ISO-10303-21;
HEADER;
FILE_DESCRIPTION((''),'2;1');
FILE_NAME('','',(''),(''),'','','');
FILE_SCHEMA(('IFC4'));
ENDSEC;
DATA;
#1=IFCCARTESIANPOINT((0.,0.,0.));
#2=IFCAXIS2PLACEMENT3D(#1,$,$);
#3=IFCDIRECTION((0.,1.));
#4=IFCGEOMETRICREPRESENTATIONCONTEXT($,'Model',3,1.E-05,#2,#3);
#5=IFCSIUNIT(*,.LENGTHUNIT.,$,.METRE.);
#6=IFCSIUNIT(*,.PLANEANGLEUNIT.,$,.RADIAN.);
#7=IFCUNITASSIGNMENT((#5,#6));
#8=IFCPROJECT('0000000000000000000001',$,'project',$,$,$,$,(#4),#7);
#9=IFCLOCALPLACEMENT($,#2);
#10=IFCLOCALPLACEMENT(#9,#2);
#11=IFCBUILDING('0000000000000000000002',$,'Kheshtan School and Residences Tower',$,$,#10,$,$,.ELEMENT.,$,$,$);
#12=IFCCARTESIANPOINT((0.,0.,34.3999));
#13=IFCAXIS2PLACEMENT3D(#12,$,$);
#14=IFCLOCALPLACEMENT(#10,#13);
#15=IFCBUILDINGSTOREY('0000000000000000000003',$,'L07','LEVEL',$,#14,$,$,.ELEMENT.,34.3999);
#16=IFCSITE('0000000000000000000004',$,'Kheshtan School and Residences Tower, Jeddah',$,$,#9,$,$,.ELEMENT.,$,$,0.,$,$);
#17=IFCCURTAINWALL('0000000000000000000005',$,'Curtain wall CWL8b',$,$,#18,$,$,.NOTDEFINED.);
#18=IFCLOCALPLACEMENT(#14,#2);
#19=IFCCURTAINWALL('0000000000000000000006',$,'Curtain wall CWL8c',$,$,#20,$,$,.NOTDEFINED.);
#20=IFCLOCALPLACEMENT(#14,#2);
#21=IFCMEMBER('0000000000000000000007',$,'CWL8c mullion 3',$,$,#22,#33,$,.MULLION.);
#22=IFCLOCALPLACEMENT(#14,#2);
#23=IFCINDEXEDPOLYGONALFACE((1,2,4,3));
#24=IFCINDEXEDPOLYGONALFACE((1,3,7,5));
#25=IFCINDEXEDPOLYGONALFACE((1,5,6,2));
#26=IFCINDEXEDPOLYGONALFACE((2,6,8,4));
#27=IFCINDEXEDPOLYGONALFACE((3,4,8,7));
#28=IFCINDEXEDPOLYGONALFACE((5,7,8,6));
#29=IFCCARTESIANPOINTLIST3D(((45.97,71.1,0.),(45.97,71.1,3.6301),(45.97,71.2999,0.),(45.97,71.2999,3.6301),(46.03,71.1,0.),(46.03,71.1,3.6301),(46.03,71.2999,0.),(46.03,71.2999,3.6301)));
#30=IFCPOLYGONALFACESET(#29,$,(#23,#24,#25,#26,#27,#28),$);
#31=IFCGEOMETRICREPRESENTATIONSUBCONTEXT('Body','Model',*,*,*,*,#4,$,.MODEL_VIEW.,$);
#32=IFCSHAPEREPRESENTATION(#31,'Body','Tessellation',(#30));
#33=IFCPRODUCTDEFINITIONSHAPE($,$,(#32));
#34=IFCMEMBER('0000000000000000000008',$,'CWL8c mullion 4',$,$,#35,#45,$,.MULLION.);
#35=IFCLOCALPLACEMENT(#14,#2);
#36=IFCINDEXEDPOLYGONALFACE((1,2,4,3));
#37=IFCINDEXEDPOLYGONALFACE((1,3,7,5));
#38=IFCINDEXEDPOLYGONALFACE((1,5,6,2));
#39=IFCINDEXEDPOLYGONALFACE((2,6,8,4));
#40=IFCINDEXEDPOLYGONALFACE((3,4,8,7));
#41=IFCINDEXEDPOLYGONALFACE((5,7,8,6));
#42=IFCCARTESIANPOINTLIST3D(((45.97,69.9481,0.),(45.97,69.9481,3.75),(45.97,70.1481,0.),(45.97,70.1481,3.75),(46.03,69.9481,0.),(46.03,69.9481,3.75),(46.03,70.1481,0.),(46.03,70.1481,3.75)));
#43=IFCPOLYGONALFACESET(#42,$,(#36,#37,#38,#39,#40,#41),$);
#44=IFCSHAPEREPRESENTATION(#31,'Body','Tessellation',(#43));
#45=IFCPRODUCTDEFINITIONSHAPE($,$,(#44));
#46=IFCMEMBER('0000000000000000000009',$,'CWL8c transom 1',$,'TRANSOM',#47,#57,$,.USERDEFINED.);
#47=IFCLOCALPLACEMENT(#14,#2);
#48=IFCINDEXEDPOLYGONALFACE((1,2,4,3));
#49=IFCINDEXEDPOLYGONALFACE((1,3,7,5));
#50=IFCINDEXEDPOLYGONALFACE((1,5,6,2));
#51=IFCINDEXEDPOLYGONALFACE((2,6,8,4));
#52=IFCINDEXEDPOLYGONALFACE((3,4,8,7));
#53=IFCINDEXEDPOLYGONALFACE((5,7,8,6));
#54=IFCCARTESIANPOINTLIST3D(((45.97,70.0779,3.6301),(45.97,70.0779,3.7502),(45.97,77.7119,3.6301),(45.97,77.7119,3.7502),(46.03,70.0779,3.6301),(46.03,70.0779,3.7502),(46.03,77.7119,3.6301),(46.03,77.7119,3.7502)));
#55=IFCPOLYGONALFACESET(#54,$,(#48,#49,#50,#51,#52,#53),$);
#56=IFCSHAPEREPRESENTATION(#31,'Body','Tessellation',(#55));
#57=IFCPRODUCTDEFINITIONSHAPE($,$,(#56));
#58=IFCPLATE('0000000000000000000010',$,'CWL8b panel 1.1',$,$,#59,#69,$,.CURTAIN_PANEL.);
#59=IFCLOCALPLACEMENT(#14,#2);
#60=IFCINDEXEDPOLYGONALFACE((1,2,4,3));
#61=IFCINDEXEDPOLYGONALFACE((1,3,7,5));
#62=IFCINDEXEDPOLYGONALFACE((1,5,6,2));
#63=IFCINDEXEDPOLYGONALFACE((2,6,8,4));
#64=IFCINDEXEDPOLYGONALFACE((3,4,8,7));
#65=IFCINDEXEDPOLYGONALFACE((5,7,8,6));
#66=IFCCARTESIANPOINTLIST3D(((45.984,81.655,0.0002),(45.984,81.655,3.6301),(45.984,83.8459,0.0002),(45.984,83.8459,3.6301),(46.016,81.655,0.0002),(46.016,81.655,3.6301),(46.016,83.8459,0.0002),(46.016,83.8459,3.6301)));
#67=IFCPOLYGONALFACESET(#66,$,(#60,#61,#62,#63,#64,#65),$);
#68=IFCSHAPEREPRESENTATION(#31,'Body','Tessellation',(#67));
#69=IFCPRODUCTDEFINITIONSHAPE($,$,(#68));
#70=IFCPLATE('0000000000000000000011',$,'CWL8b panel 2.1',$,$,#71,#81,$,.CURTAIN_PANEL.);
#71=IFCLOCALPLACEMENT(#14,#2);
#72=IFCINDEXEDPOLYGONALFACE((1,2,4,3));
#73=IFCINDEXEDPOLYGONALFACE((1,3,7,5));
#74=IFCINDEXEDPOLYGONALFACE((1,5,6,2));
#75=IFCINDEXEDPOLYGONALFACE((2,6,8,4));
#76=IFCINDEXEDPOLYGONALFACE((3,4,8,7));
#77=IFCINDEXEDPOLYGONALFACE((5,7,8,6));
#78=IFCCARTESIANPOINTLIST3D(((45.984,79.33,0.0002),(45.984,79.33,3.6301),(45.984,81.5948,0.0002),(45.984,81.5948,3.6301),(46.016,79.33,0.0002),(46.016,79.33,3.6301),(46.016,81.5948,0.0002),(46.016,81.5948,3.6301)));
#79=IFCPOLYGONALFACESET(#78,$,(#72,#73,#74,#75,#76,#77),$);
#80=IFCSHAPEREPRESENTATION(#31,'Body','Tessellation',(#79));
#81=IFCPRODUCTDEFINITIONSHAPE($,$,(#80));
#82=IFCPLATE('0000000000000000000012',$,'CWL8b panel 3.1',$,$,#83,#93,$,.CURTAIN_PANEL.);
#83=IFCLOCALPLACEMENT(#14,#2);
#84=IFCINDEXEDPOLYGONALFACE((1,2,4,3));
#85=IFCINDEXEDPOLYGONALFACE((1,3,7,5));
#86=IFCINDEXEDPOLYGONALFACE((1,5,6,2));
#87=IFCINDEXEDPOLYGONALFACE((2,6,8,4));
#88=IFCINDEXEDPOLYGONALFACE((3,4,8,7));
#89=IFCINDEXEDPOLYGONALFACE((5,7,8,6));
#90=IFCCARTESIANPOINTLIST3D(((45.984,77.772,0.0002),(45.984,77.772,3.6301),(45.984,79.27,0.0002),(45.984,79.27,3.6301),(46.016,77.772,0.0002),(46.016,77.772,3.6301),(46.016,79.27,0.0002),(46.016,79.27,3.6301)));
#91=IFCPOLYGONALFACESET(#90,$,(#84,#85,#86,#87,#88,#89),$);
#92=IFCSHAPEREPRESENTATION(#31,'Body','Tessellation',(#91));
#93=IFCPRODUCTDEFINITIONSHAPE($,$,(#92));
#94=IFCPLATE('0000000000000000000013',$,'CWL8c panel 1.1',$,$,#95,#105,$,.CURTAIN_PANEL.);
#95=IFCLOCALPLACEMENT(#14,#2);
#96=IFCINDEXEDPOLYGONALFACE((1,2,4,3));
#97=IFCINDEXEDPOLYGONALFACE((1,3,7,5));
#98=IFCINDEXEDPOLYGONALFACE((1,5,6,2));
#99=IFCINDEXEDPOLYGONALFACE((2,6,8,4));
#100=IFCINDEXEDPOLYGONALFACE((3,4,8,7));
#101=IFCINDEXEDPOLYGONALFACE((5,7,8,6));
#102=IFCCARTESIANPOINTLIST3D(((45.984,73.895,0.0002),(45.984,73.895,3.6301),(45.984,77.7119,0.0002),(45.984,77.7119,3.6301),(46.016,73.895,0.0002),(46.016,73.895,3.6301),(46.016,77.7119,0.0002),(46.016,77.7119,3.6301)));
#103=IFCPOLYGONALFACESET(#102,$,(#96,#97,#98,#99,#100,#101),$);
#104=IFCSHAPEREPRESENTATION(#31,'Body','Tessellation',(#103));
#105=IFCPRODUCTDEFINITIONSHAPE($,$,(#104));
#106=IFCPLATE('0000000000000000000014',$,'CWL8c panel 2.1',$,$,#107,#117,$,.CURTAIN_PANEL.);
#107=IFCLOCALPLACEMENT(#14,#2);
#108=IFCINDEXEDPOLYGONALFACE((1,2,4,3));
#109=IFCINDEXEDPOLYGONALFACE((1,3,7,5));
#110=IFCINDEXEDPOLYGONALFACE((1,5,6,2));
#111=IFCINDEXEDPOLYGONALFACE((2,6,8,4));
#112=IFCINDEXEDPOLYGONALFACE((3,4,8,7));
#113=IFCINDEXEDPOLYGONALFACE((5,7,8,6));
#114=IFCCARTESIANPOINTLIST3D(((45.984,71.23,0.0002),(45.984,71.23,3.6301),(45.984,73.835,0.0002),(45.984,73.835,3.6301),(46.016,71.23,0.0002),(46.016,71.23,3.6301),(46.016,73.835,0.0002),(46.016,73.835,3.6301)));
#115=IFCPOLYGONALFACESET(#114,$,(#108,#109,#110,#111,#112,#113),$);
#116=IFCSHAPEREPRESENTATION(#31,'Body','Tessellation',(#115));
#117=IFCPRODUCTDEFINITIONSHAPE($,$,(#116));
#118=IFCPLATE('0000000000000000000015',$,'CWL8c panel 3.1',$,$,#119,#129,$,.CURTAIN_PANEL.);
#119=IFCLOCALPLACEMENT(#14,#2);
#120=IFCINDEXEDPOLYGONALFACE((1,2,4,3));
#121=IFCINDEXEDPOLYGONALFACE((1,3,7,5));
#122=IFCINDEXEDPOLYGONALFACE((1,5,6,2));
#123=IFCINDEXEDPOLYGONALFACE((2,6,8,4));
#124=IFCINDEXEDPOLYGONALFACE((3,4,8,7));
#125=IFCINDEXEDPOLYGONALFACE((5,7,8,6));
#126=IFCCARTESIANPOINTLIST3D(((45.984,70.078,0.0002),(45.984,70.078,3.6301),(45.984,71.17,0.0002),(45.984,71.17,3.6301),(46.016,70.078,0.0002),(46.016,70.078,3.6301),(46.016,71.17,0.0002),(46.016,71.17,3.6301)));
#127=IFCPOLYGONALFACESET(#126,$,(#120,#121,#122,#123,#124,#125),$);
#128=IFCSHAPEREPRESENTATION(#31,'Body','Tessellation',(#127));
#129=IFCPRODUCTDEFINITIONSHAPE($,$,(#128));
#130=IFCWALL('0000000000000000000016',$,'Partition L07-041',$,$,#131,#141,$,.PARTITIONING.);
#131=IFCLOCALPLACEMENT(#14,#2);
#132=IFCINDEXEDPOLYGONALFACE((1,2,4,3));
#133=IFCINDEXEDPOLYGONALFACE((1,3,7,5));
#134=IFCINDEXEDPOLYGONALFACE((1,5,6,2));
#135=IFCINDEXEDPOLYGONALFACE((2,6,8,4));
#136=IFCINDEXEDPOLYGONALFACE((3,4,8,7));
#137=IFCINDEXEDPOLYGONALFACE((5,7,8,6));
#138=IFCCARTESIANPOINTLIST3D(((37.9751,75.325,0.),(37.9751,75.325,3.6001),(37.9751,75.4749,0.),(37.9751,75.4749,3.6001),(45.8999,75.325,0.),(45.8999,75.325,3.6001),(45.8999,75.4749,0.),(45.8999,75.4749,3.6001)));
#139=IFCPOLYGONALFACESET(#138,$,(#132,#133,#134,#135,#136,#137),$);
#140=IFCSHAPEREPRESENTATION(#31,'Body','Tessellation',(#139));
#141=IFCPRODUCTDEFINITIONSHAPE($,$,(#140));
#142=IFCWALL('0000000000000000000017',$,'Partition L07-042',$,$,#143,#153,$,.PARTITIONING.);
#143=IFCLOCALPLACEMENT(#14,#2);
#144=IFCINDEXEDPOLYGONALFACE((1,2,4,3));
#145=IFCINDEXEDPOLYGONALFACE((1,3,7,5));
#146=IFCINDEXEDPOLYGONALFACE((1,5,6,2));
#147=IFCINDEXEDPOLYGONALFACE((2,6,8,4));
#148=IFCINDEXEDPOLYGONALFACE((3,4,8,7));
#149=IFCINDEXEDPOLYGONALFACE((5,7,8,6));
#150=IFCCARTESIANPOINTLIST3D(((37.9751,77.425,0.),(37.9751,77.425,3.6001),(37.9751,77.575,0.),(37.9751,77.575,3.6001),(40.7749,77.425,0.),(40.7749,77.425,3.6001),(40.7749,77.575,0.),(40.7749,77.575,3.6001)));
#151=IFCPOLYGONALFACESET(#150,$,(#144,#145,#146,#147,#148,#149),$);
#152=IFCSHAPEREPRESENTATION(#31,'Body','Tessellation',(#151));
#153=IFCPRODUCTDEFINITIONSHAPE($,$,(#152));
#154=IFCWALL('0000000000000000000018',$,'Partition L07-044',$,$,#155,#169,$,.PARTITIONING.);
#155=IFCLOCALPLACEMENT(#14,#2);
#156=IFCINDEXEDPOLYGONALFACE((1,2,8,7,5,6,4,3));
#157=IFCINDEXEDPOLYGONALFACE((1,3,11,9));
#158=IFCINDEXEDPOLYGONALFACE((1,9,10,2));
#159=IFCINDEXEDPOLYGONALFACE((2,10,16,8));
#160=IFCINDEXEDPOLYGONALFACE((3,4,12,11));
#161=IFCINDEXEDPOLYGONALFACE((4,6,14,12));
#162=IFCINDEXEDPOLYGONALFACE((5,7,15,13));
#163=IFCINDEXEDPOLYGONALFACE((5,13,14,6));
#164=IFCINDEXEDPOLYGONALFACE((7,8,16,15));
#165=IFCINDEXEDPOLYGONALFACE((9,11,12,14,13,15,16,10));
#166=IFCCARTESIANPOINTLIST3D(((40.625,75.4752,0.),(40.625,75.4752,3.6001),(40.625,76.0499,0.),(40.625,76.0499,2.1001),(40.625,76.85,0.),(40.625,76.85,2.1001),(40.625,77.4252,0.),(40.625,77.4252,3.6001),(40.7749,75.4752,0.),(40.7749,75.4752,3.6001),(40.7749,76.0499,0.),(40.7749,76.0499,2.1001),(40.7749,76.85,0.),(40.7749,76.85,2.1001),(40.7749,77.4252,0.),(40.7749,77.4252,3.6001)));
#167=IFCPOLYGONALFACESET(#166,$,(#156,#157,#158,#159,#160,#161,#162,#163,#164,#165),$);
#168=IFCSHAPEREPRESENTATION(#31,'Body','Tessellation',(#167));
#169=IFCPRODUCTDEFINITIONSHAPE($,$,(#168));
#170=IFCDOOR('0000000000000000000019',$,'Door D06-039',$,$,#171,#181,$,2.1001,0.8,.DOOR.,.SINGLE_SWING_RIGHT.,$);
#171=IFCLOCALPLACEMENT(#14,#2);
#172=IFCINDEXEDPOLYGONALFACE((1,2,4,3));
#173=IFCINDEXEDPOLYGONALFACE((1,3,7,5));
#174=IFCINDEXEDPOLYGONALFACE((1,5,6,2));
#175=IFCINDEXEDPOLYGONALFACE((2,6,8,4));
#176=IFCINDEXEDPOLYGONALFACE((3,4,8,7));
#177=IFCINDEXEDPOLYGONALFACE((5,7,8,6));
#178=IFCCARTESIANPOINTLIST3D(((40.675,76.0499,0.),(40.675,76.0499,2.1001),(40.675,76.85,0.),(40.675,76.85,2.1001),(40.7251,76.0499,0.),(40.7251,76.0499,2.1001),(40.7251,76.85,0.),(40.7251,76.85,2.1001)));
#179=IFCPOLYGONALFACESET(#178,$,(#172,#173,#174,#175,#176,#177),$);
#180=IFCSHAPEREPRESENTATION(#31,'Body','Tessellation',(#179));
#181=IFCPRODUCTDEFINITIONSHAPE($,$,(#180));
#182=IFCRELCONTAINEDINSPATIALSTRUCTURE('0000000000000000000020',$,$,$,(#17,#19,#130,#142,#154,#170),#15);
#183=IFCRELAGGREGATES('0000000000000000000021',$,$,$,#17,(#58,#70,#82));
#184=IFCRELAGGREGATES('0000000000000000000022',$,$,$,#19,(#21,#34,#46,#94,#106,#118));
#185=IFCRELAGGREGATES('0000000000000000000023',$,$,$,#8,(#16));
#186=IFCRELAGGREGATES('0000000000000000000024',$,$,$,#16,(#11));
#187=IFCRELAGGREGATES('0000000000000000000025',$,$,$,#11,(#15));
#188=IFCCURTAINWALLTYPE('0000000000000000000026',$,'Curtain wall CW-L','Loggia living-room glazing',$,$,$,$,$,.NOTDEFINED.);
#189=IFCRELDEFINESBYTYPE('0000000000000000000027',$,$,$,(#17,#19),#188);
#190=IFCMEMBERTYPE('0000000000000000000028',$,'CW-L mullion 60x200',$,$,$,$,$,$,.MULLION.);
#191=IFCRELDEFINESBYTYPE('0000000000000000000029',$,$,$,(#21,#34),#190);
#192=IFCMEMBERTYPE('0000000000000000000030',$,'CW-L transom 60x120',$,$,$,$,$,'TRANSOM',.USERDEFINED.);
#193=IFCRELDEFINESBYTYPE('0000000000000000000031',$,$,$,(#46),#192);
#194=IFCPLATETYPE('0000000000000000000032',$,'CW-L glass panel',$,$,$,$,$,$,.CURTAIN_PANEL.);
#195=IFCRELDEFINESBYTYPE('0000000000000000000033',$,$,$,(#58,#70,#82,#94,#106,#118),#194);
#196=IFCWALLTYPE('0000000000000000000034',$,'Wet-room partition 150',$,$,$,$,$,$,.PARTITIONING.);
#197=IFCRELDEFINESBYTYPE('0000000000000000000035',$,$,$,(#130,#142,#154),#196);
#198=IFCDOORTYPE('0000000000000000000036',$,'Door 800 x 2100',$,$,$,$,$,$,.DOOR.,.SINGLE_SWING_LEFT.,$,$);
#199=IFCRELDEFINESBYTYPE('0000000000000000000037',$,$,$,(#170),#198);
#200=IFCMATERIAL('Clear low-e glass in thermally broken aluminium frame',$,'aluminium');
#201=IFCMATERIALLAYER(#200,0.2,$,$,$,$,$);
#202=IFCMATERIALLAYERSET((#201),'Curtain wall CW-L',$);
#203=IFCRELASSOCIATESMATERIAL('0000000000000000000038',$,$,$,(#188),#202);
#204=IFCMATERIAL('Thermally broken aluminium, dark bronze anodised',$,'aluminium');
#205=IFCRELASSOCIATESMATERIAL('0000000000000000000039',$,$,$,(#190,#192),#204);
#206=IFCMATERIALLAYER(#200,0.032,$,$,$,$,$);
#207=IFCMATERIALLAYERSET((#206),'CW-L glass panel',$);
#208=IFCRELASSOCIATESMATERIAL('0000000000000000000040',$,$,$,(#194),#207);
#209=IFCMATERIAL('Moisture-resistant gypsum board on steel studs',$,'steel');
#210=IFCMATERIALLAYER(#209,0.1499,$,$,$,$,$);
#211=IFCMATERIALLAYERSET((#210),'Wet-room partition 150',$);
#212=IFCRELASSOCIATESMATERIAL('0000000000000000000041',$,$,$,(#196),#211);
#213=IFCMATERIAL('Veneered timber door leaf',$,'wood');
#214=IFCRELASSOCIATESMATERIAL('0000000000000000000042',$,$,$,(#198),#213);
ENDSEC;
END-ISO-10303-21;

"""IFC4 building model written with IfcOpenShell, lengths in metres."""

from ifc_helpers import new_model, si_unit, direction, frame, frame_2d, origin, origin_2d, place, context, subcontext, project, spatial, rectangle, extrude, source, transform, mapped, material, layer, layer_set, material_profile, profile_set, type_object, element, fill, aggregate, save


model = new_model("IFC4")

# Units and contexts
model_context = context("Model", 3, precision=1e-05, world=origin(), true_north=direction((0.0, 1.0)))
body_context = subcontext(model_context, "Body", "Model", "MODEL_VIEW")
ifc_project = project(units=[si_unit("LENGTHUNIT", "METRE"), si_unit("PLANEANGLEUNIT", "RADIAN")], contexts=[model_context])

# Site, building, storey
site_placement = place(None, origin())
site = spatial("IfcSite", under=ifc_project, at=site_placement, Name="Kheshtan School and Residences Tower, Jeddah", CompositionType="ELEMENT", RefElevation=0.0)
building_placement = place(site_placement, origin())
building = spatial("IfcBuilding", under=site, at=building_placement, Name="Kheshtan School and Residences Tower", CompositionType="ELEMENT")
storey_placement = place(building_placement, frame((0.0, 0.0, 34.3999)))
storey = spatial("IfcBuildingStorey", under=building, at=storey_placement, Name="L07", Description="LEVEL", CompositionType="ELEMENT", Elevation=34.3999)

# Curtain walls, members
ifc_material_1 = material(Name="Clear low-e glass in thermally broken aluminium frame", Category="aluminium")
ifc_layer_1 = layer(ifc_material_1, 0.2)
ifc_layer_set_1 = layer_set([ifc_layer_1], Name="Curtain wall CW-L")
curtain_wall_type = type_object("IfcCurtainWallType", Name="Curtain wall CW-L", Description="Loggia living-room glazing", PredefinedType="NOTDEFINED", material=ifc_layer_set_1)
curtain_wall_1_placement = place(storey_placement, origin())
curtain_wall_1 = element("IfcCurtainWall", 1, at=curtain_wall_1_placement, inside=storey, type_object=curtain_wall_type, Name="Curtain wall CWL8b", PredefinedType="NOTDEFINED")
ifc_material_2 = material(Name="Thermally broken aluminium, dark bronze anodised", Category="aluminium")
ifc_material_profile_1 = material_profile(ifc_material_2, rectangle(XDim=0.0601, YDim=0.2, at=origin_2d()), Name="CW-L mullion 60x200")
ifc_profile_set_1 = profile_set([ifc_material_profile_1], Name="Thermally broken aluminium, dark bronze anodised")
member_type_1 = type_object("IfcMemberType", Name="CW-L mullion 60x200", PredefinedType="MULLION", material=ifc_profile_set_1)
curtain_wall_2_placement = place(storey_placement, origin())
curtain_wall_2 = element("IfcCurtainWall", 2, at=curtain_wall_2_placement, inside=storey, type_object=curtain_wall_type, Name="Curtain wall CWL8c", PredefinedType="NOTDEFINED")
member_1_placement = place(storey_placement, frame((46.0, 71.2, 0.0), z_axis=(0.0, 0.0, 1.0), x_axis=(1.0, 0.0, 0.0)))
member_1 = element("IfcMember", 3, at=member_1_placement, type_object=member_type_1, Name="CWL8c mullion 3", PredefinedType="MULLION", context=body_context, shape_type="SweptSolid", body=[
    extrude(rectangle(XDim=0.0601, YDim=0.2, at=origin_2d()), origin(), (0.0, 0.0, 1.0), 3.6301),
])
member_2_placement = place(storey_placement, frame((46.0, 70.0481, 0.0), z_axis=(0.0, 0.0, 1.0), x_axis=(1.0, 0.0, 0.0)))
member_2 = element("IfcMember", 4, at=member_2_placement, type_object=member_type_1, Name="CWL8c mullion 4", PredefinedType="MULLION", context=body_context, shape_type="SweptSolid", body=[
    extrude(rectangle(XDim=0.0601, YDim=0.2, at=origin_2d()), origin(), (0.0, 0.0, 1.0), 3.75),
])
ifc_material_profile_2 = material_profile(ifc_material_2, rectangle(XDim=0.0601, YDim=0.1201, at=origin_2d()), Name="CW-L transom 60x120")
ifc_profile_set_2 = profile_set([ifc_material_profile_2], Name="Thermally broken aluminium, dark bronze anodised")
member_type_2 = type_object("IfcMemberType", Name="CW-L transom 60x120", ElementType="TRANSOM", PredefinedType="USERDEFINED", material=ifc_profile_set_2)
member_3_placement = place(storey_placement, frame((46.0, 77.7119, 3.6902), z_axis=(0.0, -1.0, 0.0), x_axis=(1.0, 0.0, 0.0)))
member_3 = element("IfcMember", 5, at=member_3_placement, type_object=member_type_2, Name="CWL8c transom 1", ObjectType="TRANSOM", PredefinedType="USERDEFINED", context=body_context, shape_type="SweptSolid", body=[
    extrude(rectangle(XDim=0.0601, YDim=0.1201, at=origin_2d()), origin(), (0.0, 0.0, 1.0), 7.634),
])

# Plates
ifc_layer_2 = layer(ifc_material_1, 0.032)
ifc_layer_set_2 = layer_set([ifc_layer_2], Name="CW-L glass panel")
plate_type = type_object("IfcPlateType", Name="CW-L glass panel", PredefinedType="CURTAIN_PANEL", material=ifc_layer_set_2)
plate_1_placement = place(storey_placement, frame((46.0, 82.7505, 0.0002), z_axis=(0.0, 0.0, 1.0), x_axis=(0.0, -1.0, 0.0)))
plate_1 = element("IfcPlate", 6, at=plate_1_placement, type_object=plate_type, Name="CWL8b panel 1.1", PredefinedType="CURTAIN_PANEL", context=body_context, shape_type="SweptSolid", body=[
    extrude(rectangle(XDim=2.1909, YDim=0.032, at=origin_2d()), origin(), (0.0, 0.0, 1.0), 3.6299),
])
plate_2_placement = place(storey_placement, frame((46.0, 80.4624, 0.0002), z_axis=(0.0, 0.0, 1.0), x_axis=(0.0, -1.0, 0.0)))
plate_2 = element("IfcPlate", 7, at=plate_2_placement, type_object=plate_type, Name="CWL8b panel 2.1", PredefinedType="CURTAIN_PANEL", context=body_context, shape_type="SweptSolid", body=[
    extrude(rectangle(XDim=2.2649, YDim=0.032, at=origin_2d()), origin(), (0.0, 0.0, 1.0), 3.6299),
])
plate_3_placement = place(storey_placement, frame((46.0, 78.521, 0.0002), z_axis=(0.0, 0.0, 1.0), x_axis=(0.0, -1.0, 0.0)))
plate_3 = element("IfcPlate", 8, at=plate_3_placement, type_object=plate_type, Name="CWL8b panel 3.1", PredefinedType="CURTAIN_PANEL", context=body_context, shape_type="SweptSolid", body=[
    extrude(rectangle(XDim=1.498, YDim=0.032, at=origin_2d()), origin(), (0.0, 0.0, 1.0), 3.6299),
])
aggregate(curtain_wall_1, [plate_1, plate_2, plate_3])
plate_4_placement = place(storey_placement, frame((46.0, 75.8035, 0.0002), z_axis=(0.0, 0.0, 1.0), x_axis=(0.0, -1.0, 0.0)))
plate_4 = element("IfcPlate", 9, at=plate_4_placement, type_object=plate_type, Name="CWL8c panel 1.1", PredefinedType="CURTAIN_PANEL", context=body_context, shape_type="SweptSolid", body=[
    extrude(rectangle(XDim=3.8169, YDim=0.032, at=origin_2d()), origin(), (0.0, 0.0, 1.0), 3.6299),
])
plate_5_placement = place(storey_placement, frame((46.0, 72.5325, 0.0002), z_axis=(0.0, 0.0, 1.0), x_axis=(0.0, -1.0, 0.0)))
plate_5 = element("IfcPlate", 10, at=plate_5_placement, type_object=plate_type, Name="CWL8c panel 2.1", PredefinedType="CURTAIN_PANEL", context=body_context, shape_type="SweptSolid", body=[
    extrude(rectangle(XDim=2.605, YDim=0.032, at=origin_2d()), origin(), (0.0, 0.0, 1.0), 3.6299),
])
plate_6_placement = place(storey_placement, frame((46.0, 70.624, 0.0002), z_axis=(0.0, 0.0, 1.0), x_axis=(0.0, -1.0, 0.0)))
plate_6 = element("IfcPlate", 11, at=plate_6_placement, type_object=plate_type, Name="CWL8c panel 3.1", PredefinedType="CURTAIN_PANEL", context=body_context, shape_type="SweptSolid", body=[
    extrude(rectangle(XDim=1.092, YDim=0.032, at=origin_2d()), origin(), (0.0, 0.0, 1.0), 3.6299),
])
aggregate(curtain_wall_2, [member_1, member_2, member_3, plate_4, plate_5, plate_6])

# Walls
ifc_material_3 = material(Name="Moisture-resistant gypsum board on steel studs", Category="steel")
ifc_layer_3 = layer(ifc_material_3, 0.1499)
ifc_layer_set_3 = layer_set([ifc_layer_3], Name="Wet-room partition 150")
wall_type_1 = type_object("IfcWallType", Name="Wet-room partition 150", PredefinedType="PARTITIONING", material=ifc_layer_set_3)
wall_1_placement = place(storey_placement, frame((37.9751, 75.3999, 0.0), z_axis=(0.0, 0.0, 1.0), x_axis=(1.0, 0.0, 0.0)))
element("IfcWall", 12, at=wall_1_placement, inside=storey, type_object=wall_type_1, Name="Partition L07-041", PredefinedType="PARTITIONING", context=body_context, shape_type="SweptSolid", body=[
    extrude(rectangle(XDim=7.9248, YDim=0.1499, at=frame_2d((3.9624, 0.0))), origin(), (0.0, 0.0, 1.0), 3.6001),
])
wall_2_placement = place(storey_placement, frame((37.9751, 77.5, 0.0), z_axis=(0.0, 0.0, 1.0), x_axis=(1.0, 0.0, 0.0)))
element("IfcWall", 13, at=wall_2_placement, inside=storey, type_object=wall_type_1, Name="Partition L07-042", PredefinedType="PARTITIONING", context=body_context, shape_type="SweptSolid", body=[
    extrude(rectangle(XDim=2.7998, YDim=0.1499, at=frame_2d((1.3999, 0.0))), origin(), (0.0, 0.0, 1.0), 3.6001),
])

# Wall, opening, door
wall_3_placement = place(storey_placement, frame((40.7, 75.4751, 0.0), z_axis=(0.0, 0.0, 1.0), x_axis=(0.0, 1.0, 0.0)))
wall_3 = element("IfcWall", 14, at=wall_3_placement, inside=storey, type_object=wall_type_1, Name="Partition L07-044", PredefinedType="PARTITIONING", context=body_context, shape_type="SweptSolid", body=[
    extrude(rectangle(XDim=1.95, YDim=0.1499, at=frame_2d((0.9751, 0.0))), origin(), (0.0, 0.0, 1.0), 3.6001),
])
opening_1_placement = place(wall_3_placement, frame((0.575, 0.0, 0.0)))
opening_1 = element("IfcOpeningElement", 15, at=opening_1_placement, cuts=wall_3, PredefinedType="OPENING", context=body_context, shape_type="SweptSolid", body=[
    extrude(rectangle(XDim=0.8, YDim=2.1001, at=frame_2d((0.3999, 1.05))), frame((0.0, 0.085, 0.0), z_axis=(0.0, -1.0, 0.0), x_axis=(1.0, 0.0, 0.0)), (0.0, 0.0, 1.0), 0.1699),
])
ifc_material_4 = material(Name="Veneered timber door leaf", Category="wood")
door_type_1 = type_object("IfcDoorType", Name="Door 800 x 2100", OperationType="SINGLE_SWING_LEFT", PredefinedType="DOOR", material=ifc_material_4)
shared_shape_1 = source(origin(), body_context, "Body", "SweptSolid", [
    extrude(rectangle(XDim=0.8, YDim=2.1001, at=frame_2d((0.3999, 1.05))), frame((0.0, 0.0249, 0.0), z_axis=(0.0, -1.0, 0.0), x_axis=(1.0, 0.0, 0.0)), (0.0, 0.0, 1.0), 0.05),
])
door_1_placement = place(opening_1_placement, origin())
door_1 = element("IfcDoor", 16, at=door_1_placement, inside=storey, type_object=door_type_1, Name="Door D06-039", OperationType="SINGLE_SWING_RIGHT", OverallHeight=2.1001, OverallWidth=0.8, PredefinedType="DOOR", context=body_context, shape_type="MappedRepresentation", body=[
    mapped(shared_shape_1, transform((0.0, 0.0, 0.0), x_axis=(1.0, 0.0, 0.0), y_axis=(0.0, 1.0, 0.0), z_axis=(0.0, 0.0, 1.0), scale=1.0)),
])
fill(opening_1, door_1)

save(model, "model.ifc")
